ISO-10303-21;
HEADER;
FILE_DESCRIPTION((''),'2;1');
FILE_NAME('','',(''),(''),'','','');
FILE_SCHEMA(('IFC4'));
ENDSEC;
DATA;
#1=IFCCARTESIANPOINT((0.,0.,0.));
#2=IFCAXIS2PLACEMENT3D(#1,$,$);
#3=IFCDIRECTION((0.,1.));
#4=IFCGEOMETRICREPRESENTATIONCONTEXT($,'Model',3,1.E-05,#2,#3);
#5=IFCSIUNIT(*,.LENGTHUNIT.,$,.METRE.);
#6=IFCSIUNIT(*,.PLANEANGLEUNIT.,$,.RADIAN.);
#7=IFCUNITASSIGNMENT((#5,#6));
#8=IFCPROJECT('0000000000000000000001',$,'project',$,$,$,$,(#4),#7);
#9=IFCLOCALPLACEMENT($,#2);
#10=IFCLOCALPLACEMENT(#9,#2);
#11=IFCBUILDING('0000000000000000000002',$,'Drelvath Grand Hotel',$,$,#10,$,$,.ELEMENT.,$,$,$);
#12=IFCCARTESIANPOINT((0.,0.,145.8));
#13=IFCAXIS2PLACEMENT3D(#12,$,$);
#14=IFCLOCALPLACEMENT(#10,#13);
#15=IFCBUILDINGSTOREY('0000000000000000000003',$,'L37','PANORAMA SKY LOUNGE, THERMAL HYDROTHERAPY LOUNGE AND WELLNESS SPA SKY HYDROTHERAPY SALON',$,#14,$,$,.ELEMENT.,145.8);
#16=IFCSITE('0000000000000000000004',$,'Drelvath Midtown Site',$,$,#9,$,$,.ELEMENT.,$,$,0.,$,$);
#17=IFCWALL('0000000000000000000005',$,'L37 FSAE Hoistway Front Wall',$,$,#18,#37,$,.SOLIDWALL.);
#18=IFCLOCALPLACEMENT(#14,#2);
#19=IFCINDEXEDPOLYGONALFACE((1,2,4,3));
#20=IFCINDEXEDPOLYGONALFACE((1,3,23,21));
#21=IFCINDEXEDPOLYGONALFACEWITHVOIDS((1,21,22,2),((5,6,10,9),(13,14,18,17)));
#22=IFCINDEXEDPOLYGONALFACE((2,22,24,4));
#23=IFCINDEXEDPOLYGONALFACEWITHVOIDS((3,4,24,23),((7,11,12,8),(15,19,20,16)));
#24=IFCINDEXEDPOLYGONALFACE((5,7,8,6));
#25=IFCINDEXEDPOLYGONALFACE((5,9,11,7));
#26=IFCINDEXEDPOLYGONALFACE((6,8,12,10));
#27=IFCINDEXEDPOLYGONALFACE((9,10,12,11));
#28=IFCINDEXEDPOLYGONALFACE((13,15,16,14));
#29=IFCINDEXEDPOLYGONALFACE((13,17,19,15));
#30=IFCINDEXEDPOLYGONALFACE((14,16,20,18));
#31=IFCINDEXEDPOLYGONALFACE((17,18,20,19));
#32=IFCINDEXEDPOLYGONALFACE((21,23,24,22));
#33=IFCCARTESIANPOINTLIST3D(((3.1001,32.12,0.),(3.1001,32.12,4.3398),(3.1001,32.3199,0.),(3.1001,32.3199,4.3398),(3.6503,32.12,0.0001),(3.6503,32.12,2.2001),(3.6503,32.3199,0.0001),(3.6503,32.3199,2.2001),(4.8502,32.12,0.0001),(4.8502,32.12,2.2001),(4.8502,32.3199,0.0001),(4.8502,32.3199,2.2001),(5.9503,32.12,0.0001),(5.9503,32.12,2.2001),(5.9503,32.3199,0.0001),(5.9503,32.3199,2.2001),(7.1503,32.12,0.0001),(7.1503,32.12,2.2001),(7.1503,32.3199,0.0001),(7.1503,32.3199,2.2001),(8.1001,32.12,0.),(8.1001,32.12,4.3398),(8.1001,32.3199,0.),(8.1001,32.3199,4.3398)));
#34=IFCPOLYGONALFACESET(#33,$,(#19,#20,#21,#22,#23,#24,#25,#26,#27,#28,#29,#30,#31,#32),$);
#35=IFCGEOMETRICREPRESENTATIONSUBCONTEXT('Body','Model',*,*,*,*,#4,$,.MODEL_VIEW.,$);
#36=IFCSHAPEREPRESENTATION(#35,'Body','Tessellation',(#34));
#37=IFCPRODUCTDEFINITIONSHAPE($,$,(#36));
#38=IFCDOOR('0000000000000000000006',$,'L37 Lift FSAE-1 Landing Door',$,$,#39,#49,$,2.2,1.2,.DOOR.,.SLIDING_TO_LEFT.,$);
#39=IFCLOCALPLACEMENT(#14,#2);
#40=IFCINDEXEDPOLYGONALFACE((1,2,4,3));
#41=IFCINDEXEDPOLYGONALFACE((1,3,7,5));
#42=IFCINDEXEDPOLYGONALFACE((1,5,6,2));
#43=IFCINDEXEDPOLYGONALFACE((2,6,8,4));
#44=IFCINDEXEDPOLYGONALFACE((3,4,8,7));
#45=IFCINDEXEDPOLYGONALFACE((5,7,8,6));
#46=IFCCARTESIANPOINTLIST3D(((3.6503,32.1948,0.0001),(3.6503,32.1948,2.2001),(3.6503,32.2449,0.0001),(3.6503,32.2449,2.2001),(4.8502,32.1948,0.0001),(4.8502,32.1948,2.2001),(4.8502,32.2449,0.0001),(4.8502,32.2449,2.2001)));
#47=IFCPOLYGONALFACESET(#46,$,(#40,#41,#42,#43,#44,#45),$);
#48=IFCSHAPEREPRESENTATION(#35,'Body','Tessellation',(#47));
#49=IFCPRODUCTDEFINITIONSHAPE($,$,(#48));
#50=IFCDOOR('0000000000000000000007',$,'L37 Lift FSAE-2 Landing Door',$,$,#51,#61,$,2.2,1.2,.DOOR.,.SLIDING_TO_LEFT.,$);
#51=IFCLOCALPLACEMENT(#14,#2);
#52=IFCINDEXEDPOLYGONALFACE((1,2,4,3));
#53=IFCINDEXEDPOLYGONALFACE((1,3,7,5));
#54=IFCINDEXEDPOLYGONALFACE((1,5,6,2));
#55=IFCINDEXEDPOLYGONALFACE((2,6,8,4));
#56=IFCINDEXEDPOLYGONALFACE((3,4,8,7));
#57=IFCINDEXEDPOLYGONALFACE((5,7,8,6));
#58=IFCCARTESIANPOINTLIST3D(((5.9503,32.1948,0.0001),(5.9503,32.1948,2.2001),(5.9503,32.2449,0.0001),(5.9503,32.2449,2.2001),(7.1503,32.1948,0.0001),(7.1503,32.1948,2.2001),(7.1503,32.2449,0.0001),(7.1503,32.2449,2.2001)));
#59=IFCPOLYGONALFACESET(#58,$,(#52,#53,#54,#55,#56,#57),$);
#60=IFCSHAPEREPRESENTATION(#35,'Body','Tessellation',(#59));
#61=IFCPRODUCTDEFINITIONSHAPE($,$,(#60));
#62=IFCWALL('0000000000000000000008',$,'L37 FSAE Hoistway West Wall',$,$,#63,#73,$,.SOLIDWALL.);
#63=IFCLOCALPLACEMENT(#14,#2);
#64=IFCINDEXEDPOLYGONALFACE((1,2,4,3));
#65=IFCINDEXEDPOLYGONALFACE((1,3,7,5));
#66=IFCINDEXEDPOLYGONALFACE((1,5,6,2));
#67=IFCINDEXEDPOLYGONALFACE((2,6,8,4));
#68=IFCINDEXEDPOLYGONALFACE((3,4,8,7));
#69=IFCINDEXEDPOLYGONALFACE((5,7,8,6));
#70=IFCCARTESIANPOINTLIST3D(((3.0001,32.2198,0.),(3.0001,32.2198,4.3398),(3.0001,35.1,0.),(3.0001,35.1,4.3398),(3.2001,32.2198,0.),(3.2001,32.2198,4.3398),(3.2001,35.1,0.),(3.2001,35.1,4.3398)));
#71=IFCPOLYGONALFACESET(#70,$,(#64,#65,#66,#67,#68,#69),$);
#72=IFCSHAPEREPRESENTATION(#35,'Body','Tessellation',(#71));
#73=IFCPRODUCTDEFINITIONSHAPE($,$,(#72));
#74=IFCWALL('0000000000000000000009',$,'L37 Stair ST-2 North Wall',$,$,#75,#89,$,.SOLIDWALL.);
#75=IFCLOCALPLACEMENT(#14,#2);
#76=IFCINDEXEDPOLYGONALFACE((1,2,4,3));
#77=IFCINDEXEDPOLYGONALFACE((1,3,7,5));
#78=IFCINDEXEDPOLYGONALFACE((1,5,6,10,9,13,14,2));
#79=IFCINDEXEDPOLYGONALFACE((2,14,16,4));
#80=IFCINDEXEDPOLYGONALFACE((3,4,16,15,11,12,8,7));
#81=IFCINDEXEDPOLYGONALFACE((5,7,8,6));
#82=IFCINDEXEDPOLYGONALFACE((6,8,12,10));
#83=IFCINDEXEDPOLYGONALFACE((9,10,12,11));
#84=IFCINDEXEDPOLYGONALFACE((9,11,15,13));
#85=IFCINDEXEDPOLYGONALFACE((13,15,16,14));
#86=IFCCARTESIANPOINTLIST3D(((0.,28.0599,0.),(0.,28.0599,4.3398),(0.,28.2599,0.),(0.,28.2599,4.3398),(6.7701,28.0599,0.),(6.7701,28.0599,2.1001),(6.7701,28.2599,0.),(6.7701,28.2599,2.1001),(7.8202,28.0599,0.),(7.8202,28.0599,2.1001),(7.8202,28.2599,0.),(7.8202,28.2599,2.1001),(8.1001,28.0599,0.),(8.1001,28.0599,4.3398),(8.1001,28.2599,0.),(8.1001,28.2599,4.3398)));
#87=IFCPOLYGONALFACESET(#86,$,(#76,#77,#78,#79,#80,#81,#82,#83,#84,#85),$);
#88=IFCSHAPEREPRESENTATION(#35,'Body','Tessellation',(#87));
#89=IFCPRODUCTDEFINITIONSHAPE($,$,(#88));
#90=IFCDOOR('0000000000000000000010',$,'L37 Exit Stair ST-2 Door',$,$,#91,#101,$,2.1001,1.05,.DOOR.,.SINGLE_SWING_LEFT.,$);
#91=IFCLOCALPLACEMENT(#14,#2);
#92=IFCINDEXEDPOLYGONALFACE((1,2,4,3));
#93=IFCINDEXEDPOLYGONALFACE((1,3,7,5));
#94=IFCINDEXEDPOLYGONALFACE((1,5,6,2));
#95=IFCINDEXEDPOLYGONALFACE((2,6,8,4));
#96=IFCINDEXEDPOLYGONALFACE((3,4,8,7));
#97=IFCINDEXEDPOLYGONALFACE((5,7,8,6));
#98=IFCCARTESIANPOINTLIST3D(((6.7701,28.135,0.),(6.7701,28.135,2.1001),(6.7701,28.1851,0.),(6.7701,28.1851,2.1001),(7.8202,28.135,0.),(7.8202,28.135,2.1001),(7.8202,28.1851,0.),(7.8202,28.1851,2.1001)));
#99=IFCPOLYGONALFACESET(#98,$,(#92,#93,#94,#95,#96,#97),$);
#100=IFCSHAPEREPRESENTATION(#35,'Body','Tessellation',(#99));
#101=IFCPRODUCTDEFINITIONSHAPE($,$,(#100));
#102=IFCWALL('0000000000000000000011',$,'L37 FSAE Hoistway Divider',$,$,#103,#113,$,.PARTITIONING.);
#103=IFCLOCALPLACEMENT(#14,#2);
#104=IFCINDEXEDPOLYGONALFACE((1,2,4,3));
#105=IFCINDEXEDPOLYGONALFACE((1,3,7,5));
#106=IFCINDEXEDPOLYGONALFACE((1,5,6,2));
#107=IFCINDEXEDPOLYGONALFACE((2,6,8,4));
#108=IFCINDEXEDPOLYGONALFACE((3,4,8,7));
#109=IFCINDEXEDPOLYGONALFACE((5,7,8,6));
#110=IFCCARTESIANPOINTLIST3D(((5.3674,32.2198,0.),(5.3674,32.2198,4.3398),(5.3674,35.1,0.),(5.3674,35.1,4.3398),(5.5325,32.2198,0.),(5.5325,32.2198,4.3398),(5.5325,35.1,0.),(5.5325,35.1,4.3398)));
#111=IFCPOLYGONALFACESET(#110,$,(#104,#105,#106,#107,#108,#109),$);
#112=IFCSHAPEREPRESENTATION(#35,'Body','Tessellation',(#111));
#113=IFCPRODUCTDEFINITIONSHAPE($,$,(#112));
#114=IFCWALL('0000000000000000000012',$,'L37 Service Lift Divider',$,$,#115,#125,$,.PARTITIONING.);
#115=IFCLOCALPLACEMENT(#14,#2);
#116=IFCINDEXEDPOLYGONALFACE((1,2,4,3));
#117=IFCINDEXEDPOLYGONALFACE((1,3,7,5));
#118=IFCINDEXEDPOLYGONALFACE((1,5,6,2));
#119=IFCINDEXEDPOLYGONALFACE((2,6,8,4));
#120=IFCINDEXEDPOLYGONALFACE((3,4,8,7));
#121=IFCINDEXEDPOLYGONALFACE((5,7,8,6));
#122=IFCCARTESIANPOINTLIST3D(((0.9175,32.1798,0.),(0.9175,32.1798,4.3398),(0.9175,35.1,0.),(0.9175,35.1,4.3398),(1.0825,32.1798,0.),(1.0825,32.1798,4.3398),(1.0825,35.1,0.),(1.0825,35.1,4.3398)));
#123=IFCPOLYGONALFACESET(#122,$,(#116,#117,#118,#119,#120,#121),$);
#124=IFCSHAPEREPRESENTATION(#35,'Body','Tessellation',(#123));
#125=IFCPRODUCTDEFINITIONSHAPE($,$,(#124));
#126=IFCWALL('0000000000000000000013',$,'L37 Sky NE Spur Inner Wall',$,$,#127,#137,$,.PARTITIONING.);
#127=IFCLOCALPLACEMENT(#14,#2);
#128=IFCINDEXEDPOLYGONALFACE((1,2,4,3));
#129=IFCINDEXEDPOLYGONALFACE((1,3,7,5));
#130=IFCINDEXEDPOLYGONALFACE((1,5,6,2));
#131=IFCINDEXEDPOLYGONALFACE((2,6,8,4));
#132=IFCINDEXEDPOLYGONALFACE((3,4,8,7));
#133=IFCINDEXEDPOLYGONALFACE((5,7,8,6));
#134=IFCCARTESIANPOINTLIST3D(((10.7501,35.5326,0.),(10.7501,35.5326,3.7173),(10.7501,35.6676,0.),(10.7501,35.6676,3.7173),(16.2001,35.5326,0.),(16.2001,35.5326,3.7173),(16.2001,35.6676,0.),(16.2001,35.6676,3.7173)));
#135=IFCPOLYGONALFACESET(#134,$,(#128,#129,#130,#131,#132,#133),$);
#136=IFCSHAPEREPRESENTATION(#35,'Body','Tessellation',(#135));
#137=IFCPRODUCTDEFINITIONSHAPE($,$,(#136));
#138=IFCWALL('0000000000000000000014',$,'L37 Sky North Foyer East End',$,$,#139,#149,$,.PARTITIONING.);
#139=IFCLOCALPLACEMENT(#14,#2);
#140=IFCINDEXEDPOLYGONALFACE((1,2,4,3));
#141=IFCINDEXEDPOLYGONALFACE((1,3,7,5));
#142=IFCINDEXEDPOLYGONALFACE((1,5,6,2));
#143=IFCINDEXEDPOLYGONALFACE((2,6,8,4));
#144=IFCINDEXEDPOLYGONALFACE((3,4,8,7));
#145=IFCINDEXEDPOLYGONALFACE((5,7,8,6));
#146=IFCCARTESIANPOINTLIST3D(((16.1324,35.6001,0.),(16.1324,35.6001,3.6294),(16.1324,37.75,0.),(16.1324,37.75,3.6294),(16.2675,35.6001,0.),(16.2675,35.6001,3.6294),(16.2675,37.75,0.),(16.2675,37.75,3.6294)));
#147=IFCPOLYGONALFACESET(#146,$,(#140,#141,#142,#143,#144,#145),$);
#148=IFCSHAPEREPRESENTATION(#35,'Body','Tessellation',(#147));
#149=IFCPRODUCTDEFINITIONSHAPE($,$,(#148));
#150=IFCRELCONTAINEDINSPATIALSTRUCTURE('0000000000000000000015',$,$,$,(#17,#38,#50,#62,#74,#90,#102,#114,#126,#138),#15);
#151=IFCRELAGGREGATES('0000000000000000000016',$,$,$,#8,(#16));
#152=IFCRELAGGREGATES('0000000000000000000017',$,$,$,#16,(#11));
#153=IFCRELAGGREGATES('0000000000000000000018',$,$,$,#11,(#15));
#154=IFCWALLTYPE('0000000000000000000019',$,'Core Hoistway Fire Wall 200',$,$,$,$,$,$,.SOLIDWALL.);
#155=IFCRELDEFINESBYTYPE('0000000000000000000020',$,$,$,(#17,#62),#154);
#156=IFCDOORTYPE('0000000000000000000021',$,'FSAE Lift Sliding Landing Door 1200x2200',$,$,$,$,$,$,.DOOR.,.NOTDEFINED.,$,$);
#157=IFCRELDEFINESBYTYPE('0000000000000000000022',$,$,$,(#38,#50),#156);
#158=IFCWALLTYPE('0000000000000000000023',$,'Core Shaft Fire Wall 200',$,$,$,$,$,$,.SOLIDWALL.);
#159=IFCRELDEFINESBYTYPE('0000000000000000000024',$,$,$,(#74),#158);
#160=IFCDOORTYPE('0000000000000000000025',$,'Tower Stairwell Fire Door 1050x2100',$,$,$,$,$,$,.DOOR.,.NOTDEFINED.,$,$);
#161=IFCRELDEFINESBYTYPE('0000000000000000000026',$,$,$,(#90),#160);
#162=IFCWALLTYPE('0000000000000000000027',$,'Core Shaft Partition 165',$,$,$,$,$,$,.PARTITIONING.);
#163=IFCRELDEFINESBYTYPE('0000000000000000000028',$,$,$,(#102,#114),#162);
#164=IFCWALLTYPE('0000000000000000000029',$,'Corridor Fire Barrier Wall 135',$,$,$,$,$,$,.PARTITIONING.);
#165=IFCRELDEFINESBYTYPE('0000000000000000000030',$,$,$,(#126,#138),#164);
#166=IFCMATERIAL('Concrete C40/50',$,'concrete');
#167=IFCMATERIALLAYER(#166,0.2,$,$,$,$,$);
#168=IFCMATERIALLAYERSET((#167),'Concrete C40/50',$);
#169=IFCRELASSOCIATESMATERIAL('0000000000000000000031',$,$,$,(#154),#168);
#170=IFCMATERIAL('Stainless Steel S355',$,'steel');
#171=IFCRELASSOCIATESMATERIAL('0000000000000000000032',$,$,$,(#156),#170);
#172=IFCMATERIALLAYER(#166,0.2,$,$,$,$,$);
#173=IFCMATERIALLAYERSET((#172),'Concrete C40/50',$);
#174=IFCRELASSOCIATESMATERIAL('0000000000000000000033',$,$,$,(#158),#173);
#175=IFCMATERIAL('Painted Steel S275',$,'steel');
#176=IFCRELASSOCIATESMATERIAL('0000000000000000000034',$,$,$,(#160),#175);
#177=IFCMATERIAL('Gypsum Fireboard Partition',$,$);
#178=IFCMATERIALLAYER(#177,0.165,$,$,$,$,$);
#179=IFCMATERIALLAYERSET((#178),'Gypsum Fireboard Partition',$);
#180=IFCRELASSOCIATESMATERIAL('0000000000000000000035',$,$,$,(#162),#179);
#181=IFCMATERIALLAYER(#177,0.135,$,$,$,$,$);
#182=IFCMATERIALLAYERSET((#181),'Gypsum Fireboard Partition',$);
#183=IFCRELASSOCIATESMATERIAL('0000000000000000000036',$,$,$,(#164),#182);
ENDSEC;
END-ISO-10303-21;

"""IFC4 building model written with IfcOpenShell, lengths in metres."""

from ifc_helpers import new_model, si_unit, direction, frame, frame_2d, origin, place, context, subcontext, project, spatial, rectangle, extrude, material, layer, layer_set, type_object, element, fill, save


model = new_model("IFC4")

# Units and contexts
model_context = context("Model", 3, precision=1e-05, world=origin(), true_north=direction((0.0, 1.0)))
body_context = subcontext(model_context, "Body", "Model", "MODEL_VIEW")
ifc_project = project(units=[si_unit("LENGTHUNIT", "METRE"), si_unit("PLANEANGLEUNIT", "RADIAN")], contexts=[model_context])

# Site, building, storey
site_placement = place(None, origin())
site = spatial("IfcSite", under=ifc_project, at=site_placement, Name="Drelvath Midtown Site", CompositionType="ELEMENT", RefElevation=0.0)
building_placement = place(site_placement, origin())
building = spatial("IfcBuilding", under=site, at=building_placement, Name="Drelvath Grand Hotel", CompositionType="ELEMENT")
storey_placement = place(building_placement, frame((0.0, 0.0, 145.8)))
storey = spatial("IfcBuildingStorey", under=building, at=storey_placement, Name="L37", Description="PANORAMA SKY LOUNGE, THERMAL HYDROTHERAPY LOUNGE AND WELLNESS SPA SKY HYDROTHERAPY SALON", CompositionType="ELEMENT", Elevation=145.8)

# Wall, openings, doors
ifc_material_1 = material(Name="Concrete C40/50", Category="concrete")
ifc_layer_1 = layer(ifc_material_1, 0.2)
ifc_layer_set_1 = layer_set([ifc_layer_1], Name="Concrete C40/50")
wall_type_1 = type_object("IfcWallType", Name="Core Hoistway Fire Wall 200", PredefinedType="SOLIDWALL", material=ifc_layer_set_1)
wall_1_placement = place(storey_placement, frame((3.1001, 32.22, 0.0), z_axis=(0.0, 0.0, 1.0), x_axis=(1.0, 0.0, 0.0)))
wall_1 = element("IfcWall", 1, at=wall_1_placement, inside=storey, type_object=wall_type_1, Name="L37 FSAE Hoistway Front Wall", PredefinedType="SOLIDWALL", context=body_context, shape_type="SweptSolid", body=[
    extrude(rectangle(XDim=5.0, YDim=0.2, at=frame_2d((2.5, 0.0))), origin(), (0.0, 0.0, 1.0), 4.3398),
])
opening_1_placement = place(wall_1_placement, frame((0.55, 0.0, 0.0)))
opening_1 = element("IfcOpeningElement", 2, at=opening_1_placement, cuts=wall_1, PredefinedType="OPENING", context=body_context, shape_type="SweptSolid", body=[
    extrude(rectangle(XDim=1.2, YDim=2.2, at=frame_2d((0.6001, 1.1001))), frame((0.0, 0.1099, 0.0), z_axis=(0.0, -1.0, 0.0), x_axis=(1.0, 0.0, 0.0)), (0.0, 0.0, 1.0), 0.22),
])
opening_2_placement = place(wall_1_placement, frame((2.8501, 0.0, 0.0)))
opening_2 = element("IfcOpeningElement", 3, at=opening_2_placement, cuts=wall_1, PredefinedType="OPENING", context=body_context, shape_type="SweptSolid", body=[
    extrude(rectangle(XDim=1.2, YDim=2.2, at=frame_2d((0.6001, 1.1001))), frame((0.0, 0.1099, 0.0), z_axis=(0.0, -1.0, 0.0), x_axis=(1.0, 0.0, 0.0)), (0.0, 0.0, 1.0), 0.22),
])
ifc_material_2 = material(Name="Stainless Steel S355", Category="steel")
door_type_1 = type_object("IfcDoorType", Name="FSAE Lift Sliding Landing Door 1200x2200", OperationType="NOTDEFINED", PredefinedType="DOOR", material=ifc_material_2)
door_1_placement = place(opening_1_placement, origin())
door_1 = element("IfcDoor", 4, at=door_1_placement, inside=storey, type_object=door_type_1, Name="L37 Lift FSAE-1 Landing Door", OperationType="SLIDING_TO_LEFT", OverallHeight=2.2, OverallWidth=1.2, PredefinedType="DOOR", context=body_context, shape_type="SweptSolid", body=[
    extrude(rectangle(XDim=1.2, YDim=2.2, at=frame_2d((0.6001, 1.1001))), frame((0.0, 0.0249, 0.0), z_axis=(0.0, -1.0, 0.0), x_axis=(1.0, 0.0, 0.0)), (0.0, 0.0, 1.0), 0.05),
])
fill(opening_1, door_1)
door_2_placement = place(opening_2_placement, origin())
door_2 = element("IfcDoor", 5, at=door_2_placement, inside=storey, type_object=door_type_1, Name="L37 Lift FSAE-2 Landing Door", OperationType="SLIDING_TO_LEFT", OverallHeight=2.2, OverallWidth=1.2, PredefinedType="DOOR", context=body_context, shape_type="SweptSolid", body=[
    extrude(rectangle(XDim=1.2, YDim=2.2, at=frame_2d((0.6001, 1.1001))), frame((0.0, 0.0249, 0.0), z_axis=(0.0, -1.0, 0.0), x_axis=(1.0, 0.0, 0.0)), (0.0, 0.0, 1.0), 0.05),
])
fill(opening_2, door_2)

# Wall
wall_2_placement = place(storey_placement, frame((3.1001, 32.22, 0.0), z_axis=(0.0, 0.0, 1.0), x_axis=(0.0, 1.0, 0.0)))
element("IfcWall", 6, at=wall_2_placement, inside=storey, type_object=wall_type_1, Name="L37 FSAE Hoistway West Wall", PredefinedType="SOLIDWALL", context=body_context, shape_type="SweptSolid", body=[
    extrude(rectangle(XDim=2.8801, YDim=0.2, at=frame_2d((1.4399, 0.0))), origin(), (0.0, 0.0, 1.0), 4.3398),
])

# Wall, opening, door
ifc_layer_2 = layer(ifc_material_1, 0.2)
ifc_layer_set_2 = layer_set([ifc_layer_2], Name="Concrete C40/50")
wall_type_2 = type_object("IfcWallType", Name="Core Shaft Fire Wall 200", PredefinedType="SOLIDWALL", material=ifc_layer_set_2)
wall_3_placement = place(storey_placement, frame((8.1001, 28.1599, 0.0), z_axis=(0.0, 0.0, 1.0), x_axis=(-1.0, 0.0, 0.0)))
wall_3 = element("IfcWall", 7, at=wall_3_placement, inside=storey, type_object=wall_type_2, Name="L37 Stair ST-2 North Wall", PredefinedType="SOLIDWALL", context=body_context, shape_type="SweptSolid", body=[
    extrude(rectangle(XDim=8.1001, YDim=0.2, at=frame_2d((4.05, 0.0))), origin(), (0.0, 0.0, 1.0), 4.3398),
])
opening_3_placement = place(wall_3_placement, frame((0.28, 0.0, 0.0)))
opening_3 = element("IfcOpeningElement", 8, at=opening_3_placement, cuts=wall_3, PredefinedType="OPENING", context=body_context, shape_type="SweptSolid", body=[
    extrude(rectangle(XDim=1.05, YDim=2.1001, at=frame_2d((0.5249, 1.05))), frame((0.0, 0.1099, 0.0), z_axis=(0.0, -1.0, 0.0), x_axis=(1.0, 0.0, 0.0)), (0.0, 0.0, 1.0), 0.22),
])
ifc_material_3 = material(Name="Painted Steel S275", Category="steel")
door_type_2 = type_object("IfcDoorType", Name="Tower Stairwell Fire Door 1050x2100", OperationType="NOTDEFINED", PredefinedType="DOOR", material=ifc_material_3)
door_3_placement = place(opening_3_placement, origin())
door_3 = element("IfcDoor", 9, at=door_3_placement, inside=storey, type_object=door_type_2, Name="L37 Exit Stair ST-2 Door", OperationType="SINGLE_SWING_LEFT", OverallHeight=2.1001, OverallWidth=1.05, PredefinedType="DOOR", context=body_context, shape_type="SweptSolid", body=[
    extrude(rectangle(XDim=1.05, YDim=2.1001, at=frame_2d((0.5249, 1.05))), frame((0.0, 0.0249, 0.0), z_axis=(0.0, -1.0, 0.0), x_axis=(1.0, 0.0, 0.0)), (0.0, 0.0, 1.0), 0.05),
])
fill(opening_3, door_3)

# Walls
ifc_material_4 = material(Name="Gypsum Fireboard Partition")
ifc_layer_3 = layer(ifc_material_4, 0.165)
ifc_layer_set_3 = layer_set([ifc_layer_3], Name="Gypsum Fireboard Partition")
wall_type_3 = type_object("IfcWallType", Name="Core Shaft Partition 165", PredefinedType="PARTITIONING", material=ifc_layer_set_3)
wall_4_placement = place(storey_placement, frame((5.45, 32.22, 0.0), z_axis=(0.0, 0.0, 1.0), x_axis=(0.0, 1.0, 0.0)))
element("IfcWall", 10, at=wall_4_placement, inside=storey, type_object=wall_type_3, Name="L37 FSAE Hoistway Divider", PredefinedType="PARTITIONING", context=body_context, shape_type="SweptSolid", body=[
    extrude(rectangle(XDim=2.8801, YDim=0.165, at=frame_2d((1.4399, 0.0))), origin(), (0.0, 0.0, 1.0), 4.3398),
])
wall_5_placement = place(storey_placement, frame((1.0, 32.1799, 0.0), z_axis=(0.0, 0.0, 1.0), x_axis=(0.0, 1.0, 0.0)))
element("IfcWall", 11, at=wall_5_placement, inside=storey, type_object=wall_type_3, Name="L37 Service Lift Divider", PredefinedType="PARTITIONING", context=body_context, shape_type="SweptSolid", body=[
    extrude(rectangle(XDim=2.9202, YDim=0.165, at=frame_2d((1.46, 0.0))), origin(), (0.0, 0.0, 1.0), 4.3398),
])
ifc_layer_4 = layer(ifc_material_4, 0.135)
ifc_layer_set_4 = layer_set([ifc_layer_4], Name="Gypsum Fireboard Partition")
wall_type_4 = type_object("IfcWallType", Name="Corridor Fire Barrier Wall 135", PredefinedType="PARTITIONING", material=ifc_layer_set_4)
wall_6_placement = place(storey_placement, frame((10.75, 35.6001, 0.0), z_axis=(0.0, 0.0, 1.0), x_axis=(1.0, 0.0, 0.0)))
element("IfcWall", 12, at=wall_6_placement, inside=storey, type_object=wall_type_4, Name="L37 Sky NE Spur Inner Wall", PredefinedType="PARTITIONING", context=body_context, shape_type="SweptSolid", body=[
    extrude(rectangle(XDim=5.45, YDim=0.135, at=frame_2d((2.7251, 0.0))), origin(), (0.0, 0.0, 1.0), 3.7173),
])
wall_7_placement = place(storey_placement, frame((16.2, 35.6001, 0.0), z_axis=(0.0, 0.0, 1.0), x_axis=(0.0, 1.0, 0.0)))
element("IfcWall", 13, at=wall_7_placement, inside=storey, type_object=wall_type_4, Name="L37 Sky North Foyer East End", PredefinedType="PARTITIONING", context=body_context, shape_type="SweptSolid", body=[
    extrude(rectangle(XDim=2.1499, YDim=0.135, at=frame_2d((1.075, 0.0))), origin(), (0.0, 0.0, 1.0), 3.6294),
])

save(model, "model.ifc")
